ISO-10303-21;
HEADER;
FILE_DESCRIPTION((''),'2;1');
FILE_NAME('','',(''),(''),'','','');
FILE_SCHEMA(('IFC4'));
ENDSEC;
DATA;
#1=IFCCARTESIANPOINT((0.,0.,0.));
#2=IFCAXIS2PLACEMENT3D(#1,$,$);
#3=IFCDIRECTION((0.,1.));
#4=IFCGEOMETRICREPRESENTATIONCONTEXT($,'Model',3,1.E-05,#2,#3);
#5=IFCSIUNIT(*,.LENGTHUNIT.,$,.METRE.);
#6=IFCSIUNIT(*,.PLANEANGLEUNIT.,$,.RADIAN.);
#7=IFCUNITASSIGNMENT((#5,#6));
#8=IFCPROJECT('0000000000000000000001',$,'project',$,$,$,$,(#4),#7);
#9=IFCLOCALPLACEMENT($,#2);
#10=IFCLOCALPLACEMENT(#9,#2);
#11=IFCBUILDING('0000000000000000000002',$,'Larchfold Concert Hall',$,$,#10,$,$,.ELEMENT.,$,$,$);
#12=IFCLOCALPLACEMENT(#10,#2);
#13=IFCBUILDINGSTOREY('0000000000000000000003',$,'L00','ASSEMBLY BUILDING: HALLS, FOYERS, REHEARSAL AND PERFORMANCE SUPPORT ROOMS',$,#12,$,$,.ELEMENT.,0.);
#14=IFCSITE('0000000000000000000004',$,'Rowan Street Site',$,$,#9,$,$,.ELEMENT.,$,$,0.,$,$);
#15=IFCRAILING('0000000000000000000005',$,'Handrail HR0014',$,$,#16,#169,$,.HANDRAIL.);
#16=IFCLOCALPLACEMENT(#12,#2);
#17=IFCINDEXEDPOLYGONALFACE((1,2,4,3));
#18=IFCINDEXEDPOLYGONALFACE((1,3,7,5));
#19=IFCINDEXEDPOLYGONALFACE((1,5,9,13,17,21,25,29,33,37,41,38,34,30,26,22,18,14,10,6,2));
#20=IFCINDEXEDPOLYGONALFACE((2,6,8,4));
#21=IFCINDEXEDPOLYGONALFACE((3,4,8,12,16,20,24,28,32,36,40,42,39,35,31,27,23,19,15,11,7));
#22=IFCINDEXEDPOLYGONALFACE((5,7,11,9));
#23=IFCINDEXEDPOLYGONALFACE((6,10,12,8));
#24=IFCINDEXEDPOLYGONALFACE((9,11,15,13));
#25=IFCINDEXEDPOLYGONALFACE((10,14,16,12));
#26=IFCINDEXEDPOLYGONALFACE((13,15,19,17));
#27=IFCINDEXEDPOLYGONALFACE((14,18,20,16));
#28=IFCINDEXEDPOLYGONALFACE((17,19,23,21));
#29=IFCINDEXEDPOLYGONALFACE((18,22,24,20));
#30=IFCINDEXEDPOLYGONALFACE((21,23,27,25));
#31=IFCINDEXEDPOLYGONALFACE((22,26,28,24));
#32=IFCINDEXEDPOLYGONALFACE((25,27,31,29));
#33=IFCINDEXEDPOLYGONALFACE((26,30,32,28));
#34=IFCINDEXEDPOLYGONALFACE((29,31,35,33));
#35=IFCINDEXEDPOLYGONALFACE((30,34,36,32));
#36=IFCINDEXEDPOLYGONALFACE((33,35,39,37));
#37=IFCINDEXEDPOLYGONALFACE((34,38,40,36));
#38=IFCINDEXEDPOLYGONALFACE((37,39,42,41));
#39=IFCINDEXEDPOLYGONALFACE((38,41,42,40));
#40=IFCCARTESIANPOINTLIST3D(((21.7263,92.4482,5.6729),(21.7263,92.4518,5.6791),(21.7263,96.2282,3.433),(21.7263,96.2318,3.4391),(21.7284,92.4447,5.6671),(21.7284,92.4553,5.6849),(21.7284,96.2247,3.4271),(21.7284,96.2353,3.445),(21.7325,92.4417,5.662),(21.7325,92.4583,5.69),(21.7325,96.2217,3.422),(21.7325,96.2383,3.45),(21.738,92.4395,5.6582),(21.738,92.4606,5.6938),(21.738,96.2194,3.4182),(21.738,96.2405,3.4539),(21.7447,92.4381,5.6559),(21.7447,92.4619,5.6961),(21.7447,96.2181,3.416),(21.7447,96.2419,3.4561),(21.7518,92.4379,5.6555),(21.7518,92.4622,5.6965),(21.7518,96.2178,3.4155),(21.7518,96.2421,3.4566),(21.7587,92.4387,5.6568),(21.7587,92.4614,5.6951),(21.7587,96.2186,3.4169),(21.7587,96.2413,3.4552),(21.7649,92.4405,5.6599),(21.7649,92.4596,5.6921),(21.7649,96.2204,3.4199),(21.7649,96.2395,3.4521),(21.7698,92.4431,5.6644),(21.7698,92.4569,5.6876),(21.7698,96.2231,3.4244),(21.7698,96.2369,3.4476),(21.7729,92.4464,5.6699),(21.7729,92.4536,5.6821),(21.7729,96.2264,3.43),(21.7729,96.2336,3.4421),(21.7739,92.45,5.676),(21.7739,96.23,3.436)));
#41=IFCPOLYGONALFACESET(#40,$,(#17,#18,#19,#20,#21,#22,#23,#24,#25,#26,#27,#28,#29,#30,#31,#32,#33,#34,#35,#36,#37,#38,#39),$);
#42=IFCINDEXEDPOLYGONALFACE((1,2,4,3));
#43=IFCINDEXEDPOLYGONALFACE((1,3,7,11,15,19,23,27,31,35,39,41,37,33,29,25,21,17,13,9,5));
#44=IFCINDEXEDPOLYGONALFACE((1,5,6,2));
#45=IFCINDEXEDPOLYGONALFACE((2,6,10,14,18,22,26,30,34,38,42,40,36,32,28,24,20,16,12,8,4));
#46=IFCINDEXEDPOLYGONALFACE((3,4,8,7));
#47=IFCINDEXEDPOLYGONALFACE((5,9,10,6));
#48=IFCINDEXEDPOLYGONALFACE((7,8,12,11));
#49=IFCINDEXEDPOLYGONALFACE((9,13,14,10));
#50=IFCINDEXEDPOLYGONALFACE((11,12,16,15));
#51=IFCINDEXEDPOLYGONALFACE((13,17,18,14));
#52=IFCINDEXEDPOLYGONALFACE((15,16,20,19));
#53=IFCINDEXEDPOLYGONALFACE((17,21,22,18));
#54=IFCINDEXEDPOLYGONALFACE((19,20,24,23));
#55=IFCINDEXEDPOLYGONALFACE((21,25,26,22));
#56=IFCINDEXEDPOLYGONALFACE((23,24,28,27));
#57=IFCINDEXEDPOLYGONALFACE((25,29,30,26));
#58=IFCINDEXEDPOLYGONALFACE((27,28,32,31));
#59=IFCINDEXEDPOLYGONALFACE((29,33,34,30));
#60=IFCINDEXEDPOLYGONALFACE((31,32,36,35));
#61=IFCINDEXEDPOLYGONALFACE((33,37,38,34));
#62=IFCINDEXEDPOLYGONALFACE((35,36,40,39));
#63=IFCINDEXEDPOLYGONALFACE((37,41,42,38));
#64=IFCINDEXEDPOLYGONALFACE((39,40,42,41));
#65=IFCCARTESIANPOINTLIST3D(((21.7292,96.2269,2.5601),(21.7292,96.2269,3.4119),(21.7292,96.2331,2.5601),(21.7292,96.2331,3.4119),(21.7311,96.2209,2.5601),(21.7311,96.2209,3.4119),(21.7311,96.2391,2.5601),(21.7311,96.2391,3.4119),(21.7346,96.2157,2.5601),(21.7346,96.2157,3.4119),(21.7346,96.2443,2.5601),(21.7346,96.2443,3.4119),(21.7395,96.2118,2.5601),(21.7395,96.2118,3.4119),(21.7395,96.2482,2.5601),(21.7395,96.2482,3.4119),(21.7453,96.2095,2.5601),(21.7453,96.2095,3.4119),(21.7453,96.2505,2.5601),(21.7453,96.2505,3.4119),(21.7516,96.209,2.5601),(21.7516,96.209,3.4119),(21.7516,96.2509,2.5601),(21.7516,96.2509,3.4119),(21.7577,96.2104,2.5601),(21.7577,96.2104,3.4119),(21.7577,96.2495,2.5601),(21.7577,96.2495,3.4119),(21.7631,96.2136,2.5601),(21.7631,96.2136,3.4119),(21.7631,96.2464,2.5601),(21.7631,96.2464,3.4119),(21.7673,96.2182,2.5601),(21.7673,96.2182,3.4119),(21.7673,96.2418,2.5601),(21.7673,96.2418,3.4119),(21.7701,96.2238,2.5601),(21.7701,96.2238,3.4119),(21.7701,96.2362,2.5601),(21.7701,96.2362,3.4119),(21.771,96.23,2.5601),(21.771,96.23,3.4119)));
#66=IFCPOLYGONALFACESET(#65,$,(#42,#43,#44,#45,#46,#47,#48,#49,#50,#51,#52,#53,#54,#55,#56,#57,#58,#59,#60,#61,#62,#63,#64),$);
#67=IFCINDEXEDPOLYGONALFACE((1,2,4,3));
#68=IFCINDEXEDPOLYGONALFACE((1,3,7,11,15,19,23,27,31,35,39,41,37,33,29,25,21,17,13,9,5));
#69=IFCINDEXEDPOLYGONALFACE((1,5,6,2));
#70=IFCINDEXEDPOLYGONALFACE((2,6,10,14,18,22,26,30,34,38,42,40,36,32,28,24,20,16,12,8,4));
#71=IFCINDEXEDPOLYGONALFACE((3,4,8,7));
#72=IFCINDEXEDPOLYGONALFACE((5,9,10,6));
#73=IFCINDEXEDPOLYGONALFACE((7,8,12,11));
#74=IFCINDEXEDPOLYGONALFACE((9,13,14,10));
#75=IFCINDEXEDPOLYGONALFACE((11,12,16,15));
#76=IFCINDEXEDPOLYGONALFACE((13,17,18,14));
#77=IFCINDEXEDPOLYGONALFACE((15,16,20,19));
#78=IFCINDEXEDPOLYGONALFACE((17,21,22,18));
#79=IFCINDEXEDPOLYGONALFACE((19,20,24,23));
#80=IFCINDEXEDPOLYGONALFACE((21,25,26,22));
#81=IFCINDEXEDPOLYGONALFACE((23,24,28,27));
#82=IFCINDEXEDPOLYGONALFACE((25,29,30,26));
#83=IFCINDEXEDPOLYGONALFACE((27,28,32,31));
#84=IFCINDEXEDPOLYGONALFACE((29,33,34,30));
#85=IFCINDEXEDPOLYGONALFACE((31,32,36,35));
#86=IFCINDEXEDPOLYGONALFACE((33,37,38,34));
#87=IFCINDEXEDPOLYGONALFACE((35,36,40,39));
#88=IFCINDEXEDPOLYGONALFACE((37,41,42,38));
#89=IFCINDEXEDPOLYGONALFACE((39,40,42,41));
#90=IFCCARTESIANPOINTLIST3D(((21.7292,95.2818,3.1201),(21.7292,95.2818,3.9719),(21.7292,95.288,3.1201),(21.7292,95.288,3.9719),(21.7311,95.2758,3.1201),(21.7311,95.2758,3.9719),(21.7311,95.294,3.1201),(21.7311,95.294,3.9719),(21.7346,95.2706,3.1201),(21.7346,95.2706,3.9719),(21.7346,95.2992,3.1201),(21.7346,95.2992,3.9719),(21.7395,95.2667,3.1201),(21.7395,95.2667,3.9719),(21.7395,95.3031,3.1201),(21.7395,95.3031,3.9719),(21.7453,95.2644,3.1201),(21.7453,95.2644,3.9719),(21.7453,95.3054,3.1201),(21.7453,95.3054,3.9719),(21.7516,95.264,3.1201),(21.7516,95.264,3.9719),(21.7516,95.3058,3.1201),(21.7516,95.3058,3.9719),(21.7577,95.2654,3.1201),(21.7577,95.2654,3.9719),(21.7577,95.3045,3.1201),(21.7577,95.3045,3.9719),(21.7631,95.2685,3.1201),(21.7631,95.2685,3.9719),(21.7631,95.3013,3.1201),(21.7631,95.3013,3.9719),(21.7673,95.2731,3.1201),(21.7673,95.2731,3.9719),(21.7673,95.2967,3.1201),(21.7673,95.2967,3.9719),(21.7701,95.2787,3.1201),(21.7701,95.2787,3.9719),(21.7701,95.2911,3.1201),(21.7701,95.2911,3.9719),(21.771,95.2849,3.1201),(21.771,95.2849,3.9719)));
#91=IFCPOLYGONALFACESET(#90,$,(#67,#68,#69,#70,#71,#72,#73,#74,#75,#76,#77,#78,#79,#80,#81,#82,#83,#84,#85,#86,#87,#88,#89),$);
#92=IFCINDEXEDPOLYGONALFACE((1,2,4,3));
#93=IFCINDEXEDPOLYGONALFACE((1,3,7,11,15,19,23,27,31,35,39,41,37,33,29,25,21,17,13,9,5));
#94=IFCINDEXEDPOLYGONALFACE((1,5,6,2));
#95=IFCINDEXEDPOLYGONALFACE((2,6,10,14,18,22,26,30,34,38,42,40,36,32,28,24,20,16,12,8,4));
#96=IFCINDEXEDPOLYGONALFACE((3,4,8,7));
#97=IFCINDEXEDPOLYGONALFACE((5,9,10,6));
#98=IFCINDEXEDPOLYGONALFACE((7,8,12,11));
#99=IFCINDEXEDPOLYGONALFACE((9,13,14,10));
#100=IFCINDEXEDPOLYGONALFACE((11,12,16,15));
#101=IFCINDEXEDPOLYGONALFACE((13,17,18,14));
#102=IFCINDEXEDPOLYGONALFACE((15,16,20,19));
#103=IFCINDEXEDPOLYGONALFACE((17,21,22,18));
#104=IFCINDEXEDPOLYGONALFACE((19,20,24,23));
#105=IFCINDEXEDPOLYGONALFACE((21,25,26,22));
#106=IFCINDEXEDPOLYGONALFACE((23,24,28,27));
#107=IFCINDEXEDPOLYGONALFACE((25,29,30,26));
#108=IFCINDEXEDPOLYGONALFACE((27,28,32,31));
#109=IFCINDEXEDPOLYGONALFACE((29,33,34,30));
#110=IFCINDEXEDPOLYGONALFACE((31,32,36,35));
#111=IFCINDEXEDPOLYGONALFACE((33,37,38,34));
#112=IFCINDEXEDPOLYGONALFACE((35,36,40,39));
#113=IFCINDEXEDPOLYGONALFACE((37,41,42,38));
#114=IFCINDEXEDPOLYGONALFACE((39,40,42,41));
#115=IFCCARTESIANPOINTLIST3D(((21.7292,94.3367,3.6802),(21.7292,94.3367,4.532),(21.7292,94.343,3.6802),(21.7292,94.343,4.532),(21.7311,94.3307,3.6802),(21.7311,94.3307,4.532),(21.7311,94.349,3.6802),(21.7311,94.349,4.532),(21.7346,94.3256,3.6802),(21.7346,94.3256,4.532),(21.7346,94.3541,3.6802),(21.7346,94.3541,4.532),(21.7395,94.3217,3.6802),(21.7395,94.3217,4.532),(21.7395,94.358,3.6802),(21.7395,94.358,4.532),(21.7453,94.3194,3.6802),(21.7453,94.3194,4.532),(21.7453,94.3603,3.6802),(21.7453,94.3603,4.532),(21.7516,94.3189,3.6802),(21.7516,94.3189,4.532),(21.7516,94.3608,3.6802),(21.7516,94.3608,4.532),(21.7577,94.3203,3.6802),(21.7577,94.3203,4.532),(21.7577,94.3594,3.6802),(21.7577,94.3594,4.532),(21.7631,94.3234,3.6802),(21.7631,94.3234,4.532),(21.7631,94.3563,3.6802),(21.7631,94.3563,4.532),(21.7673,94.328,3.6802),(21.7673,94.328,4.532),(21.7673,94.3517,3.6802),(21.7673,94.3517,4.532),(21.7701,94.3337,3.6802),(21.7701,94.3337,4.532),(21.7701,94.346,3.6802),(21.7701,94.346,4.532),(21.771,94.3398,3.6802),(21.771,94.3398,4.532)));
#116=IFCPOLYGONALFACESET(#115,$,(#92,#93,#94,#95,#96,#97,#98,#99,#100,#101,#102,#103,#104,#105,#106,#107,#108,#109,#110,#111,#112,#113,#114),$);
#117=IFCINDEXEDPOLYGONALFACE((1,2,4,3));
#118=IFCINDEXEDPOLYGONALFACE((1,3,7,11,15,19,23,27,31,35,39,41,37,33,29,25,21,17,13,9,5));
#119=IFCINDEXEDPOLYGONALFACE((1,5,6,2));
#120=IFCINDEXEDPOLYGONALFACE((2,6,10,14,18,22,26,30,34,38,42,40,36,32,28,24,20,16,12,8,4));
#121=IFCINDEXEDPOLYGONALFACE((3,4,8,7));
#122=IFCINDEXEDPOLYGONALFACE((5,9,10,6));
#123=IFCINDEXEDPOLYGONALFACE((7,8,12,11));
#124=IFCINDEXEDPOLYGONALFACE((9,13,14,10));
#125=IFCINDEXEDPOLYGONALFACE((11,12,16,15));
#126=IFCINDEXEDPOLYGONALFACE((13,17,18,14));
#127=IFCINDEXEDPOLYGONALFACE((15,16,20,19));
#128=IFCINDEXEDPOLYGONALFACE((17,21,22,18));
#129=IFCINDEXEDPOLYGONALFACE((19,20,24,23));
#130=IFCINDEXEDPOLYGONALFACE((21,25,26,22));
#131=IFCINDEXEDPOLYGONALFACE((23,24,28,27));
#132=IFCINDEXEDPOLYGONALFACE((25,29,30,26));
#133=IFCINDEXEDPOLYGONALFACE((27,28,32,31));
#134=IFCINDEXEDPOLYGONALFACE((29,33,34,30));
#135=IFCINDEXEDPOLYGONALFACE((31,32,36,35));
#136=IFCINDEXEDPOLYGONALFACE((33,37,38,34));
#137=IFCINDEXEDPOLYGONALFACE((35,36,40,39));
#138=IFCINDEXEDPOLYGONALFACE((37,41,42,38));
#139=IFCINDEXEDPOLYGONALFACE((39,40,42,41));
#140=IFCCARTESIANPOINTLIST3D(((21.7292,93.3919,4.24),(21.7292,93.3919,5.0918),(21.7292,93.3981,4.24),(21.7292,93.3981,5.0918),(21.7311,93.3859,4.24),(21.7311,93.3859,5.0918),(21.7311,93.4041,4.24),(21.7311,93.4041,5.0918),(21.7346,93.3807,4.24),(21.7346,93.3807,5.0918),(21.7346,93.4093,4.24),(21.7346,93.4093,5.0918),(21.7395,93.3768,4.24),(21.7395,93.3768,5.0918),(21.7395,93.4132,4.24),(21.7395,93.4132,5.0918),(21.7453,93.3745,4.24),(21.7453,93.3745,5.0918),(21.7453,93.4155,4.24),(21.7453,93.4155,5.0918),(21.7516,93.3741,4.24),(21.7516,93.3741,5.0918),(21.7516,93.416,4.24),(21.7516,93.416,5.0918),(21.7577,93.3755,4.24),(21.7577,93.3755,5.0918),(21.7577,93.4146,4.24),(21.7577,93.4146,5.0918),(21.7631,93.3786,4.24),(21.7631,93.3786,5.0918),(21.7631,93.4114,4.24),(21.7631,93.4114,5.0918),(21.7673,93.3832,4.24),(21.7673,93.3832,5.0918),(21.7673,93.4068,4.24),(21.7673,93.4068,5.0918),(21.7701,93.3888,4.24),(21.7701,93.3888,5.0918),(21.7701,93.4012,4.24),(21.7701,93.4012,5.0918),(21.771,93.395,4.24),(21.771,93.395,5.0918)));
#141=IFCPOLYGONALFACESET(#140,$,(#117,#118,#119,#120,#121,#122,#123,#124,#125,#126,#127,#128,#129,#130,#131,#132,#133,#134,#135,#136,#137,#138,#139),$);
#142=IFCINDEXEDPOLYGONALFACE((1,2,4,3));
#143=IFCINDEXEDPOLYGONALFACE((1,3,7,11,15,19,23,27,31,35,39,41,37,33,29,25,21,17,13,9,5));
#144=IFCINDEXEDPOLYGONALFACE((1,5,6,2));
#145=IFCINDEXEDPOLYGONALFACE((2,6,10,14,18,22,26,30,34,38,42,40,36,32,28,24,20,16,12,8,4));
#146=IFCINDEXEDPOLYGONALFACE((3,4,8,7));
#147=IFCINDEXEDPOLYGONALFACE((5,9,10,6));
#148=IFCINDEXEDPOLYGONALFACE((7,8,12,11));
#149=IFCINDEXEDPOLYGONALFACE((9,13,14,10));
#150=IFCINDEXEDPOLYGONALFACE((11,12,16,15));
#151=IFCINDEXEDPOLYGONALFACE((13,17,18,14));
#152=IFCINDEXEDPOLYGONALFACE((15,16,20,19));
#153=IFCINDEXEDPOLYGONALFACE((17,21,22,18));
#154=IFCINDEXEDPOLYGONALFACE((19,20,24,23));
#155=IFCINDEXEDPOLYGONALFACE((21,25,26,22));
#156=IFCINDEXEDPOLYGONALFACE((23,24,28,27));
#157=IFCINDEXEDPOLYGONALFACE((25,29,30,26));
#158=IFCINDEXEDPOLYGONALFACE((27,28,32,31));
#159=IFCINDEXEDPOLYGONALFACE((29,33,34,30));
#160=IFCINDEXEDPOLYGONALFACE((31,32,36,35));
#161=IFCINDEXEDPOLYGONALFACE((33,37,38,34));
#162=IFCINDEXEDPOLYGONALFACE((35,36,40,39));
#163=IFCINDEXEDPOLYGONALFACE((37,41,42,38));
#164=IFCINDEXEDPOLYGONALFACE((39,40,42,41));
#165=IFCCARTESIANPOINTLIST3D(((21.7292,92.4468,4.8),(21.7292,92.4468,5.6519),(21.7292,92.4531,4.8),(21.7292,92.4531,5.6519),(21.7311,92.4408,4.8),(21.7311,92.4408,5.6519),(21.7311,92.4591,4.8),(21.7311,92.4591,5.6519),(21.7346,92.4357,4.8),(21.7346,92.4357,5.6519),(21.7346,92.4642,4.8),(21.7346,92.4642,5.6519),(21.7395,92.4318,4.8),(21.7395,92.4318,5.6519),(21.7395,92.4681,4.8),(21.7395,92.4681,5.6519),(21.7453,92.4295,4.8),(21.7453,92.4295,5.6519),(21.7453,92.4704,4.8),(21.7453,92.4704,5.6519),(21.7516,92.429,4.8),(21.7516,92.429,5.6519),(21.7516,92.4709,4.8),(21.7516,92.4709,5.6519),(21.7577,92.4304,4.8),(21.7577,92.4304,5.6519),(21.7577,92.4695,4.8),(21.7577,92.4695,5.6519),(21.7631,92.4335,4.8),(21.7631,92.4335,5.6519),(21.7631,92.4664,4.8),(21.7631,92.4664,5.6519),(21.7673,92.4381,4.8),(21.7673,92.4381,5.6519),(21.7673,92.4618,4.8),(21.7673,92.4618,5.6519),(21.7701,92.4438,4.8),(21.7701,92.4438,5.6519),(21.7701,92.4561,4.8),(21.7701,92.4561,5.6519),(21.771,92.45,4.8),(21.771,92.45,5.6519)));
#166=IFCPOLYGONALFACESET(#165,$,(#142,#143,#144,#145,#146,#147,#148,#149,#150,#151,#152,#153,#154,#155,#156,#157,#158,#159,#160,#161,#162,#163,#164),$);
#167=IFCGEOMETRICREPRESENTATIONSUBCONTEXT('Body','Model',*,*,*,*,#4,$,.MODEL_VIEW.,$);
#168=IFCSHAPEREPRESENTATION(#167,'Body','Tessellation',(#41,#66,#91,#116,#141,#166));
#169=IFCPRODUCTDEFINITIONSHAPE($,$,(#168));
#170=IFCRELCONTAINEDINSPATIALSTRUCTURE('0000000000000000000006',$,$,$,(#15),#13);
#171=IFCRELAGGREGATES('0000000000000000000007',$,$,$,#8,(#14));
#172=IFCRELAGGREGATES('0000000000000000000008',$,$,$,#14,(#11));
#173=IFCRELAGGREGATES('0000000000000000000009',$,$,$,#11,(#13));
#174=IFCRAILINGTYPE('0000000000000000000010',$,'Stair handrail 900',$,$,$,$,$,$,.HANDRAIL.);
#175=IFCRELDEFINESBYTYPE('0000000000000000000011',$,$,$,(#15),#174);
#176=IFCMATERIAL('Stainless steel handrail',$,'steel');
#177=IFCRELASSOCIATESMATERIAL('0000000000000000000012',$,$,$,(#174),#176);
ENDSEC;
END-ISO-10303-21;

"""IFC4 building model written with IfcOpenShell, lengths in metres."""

from ifc_helpers import new_model, si_unit, direction, frame, origin, origin_2d, place, context, subcontext, project, spatial, circle, extrude, material, type_object, element, save


model = new_model("IFC4")

# Units and contexts
model_context = context("Model", 3, precision=1e-05, world=origin(), true_north=direction((0.0, 1.0)))
body_context = subcontext(model_context, "Body", "Model", "MODEL_VIEW")
ifc_project = project(units=[si_unit("LENGTHUNIT", "METRE"), si_unit("PLANEANGLEUNIT", "RADIAN")], contexts=[model_context])

# Site, building, storey
site_placement = place(None, origin())
site = spatial("IfcSite", under=ifc_project, at=site_placement, Name="Rowan Street Site", CompositionType="ELEMENT", RefElevation=0.0)
building_placement = place(site_placement, origin())
building = spatial("IfcBuilding", under=site, at=building_placement, Name="Larchfold Concert Hall", CompositionType="ELEMENT")
storey_placement = place(building_placement, origin())
storey = spatial("IfcBuildingStorey", under=building, at=storey_placement, Name="L00", Description="ASSEMBLY BUILDING: HALLS, FOYERS, REHEARSAL AND PERFORMANCE SUPPORT ROOMS", CompositionType="ELEMENT", Elevation=0.0)

# Railing
ifc_material_1 = material(Name="Stainless steel handrail", Category="steel")
railing_type_1 = type_object("IfcRailingType", Name="Stair handrail 900", PredefinedType="HANDRAIL", material=ifc_material_1)
railing_1_placement = place(storey_placement, frame((21.75, 96.23, 2.5601)))
element("IfcRailing", 1, at=railing_1_placement, inside=storey, type_object=railing_type_1, Name="Handrail HR0014", PredefinedType="HANDRAIL", context=body_context, shape_type="SweptSolid", body=[
    extrude(circle(Radius=0.0239, at=origin_2d()), frame((0.0, 0.0, 0.876), z_axis=(0.0, -0.860294, 0.509798), x_axis=(1.0, 0.0, 0.0)), (0.0, 0.0, 1.0), 4.3938),
    extrude(circle(Radius=0.021, at=origin_2d()), origin(), (0.0, 0.0, 1.0), 0.8518),
    extrude(circle(Radius=0.021, at=origin_2d()), frame((0.0, -0.9451, 0.5601)), (0.0, 0.0, 1.0), 0.8518),
    extrude(circle(Radius=0.021, at=origin_2d()), frame((0.0, -1.8901, 1.1201)), (0.0, 0.0, 1.0), 0.8518),
    extrude(circle(Radius=0.021, at=origin_2d()), frame((0.0, -2.835, 1.6799)), (0.0, 0.0, 1.0), 0.8518),
    extrude(circle(Radius=0.021, at=origin_2d()), frame((0.0, -3.78, 2.24)), (0.0, 0.0, 1.0), 0.8518),
])

save(model, "model.ifc")
